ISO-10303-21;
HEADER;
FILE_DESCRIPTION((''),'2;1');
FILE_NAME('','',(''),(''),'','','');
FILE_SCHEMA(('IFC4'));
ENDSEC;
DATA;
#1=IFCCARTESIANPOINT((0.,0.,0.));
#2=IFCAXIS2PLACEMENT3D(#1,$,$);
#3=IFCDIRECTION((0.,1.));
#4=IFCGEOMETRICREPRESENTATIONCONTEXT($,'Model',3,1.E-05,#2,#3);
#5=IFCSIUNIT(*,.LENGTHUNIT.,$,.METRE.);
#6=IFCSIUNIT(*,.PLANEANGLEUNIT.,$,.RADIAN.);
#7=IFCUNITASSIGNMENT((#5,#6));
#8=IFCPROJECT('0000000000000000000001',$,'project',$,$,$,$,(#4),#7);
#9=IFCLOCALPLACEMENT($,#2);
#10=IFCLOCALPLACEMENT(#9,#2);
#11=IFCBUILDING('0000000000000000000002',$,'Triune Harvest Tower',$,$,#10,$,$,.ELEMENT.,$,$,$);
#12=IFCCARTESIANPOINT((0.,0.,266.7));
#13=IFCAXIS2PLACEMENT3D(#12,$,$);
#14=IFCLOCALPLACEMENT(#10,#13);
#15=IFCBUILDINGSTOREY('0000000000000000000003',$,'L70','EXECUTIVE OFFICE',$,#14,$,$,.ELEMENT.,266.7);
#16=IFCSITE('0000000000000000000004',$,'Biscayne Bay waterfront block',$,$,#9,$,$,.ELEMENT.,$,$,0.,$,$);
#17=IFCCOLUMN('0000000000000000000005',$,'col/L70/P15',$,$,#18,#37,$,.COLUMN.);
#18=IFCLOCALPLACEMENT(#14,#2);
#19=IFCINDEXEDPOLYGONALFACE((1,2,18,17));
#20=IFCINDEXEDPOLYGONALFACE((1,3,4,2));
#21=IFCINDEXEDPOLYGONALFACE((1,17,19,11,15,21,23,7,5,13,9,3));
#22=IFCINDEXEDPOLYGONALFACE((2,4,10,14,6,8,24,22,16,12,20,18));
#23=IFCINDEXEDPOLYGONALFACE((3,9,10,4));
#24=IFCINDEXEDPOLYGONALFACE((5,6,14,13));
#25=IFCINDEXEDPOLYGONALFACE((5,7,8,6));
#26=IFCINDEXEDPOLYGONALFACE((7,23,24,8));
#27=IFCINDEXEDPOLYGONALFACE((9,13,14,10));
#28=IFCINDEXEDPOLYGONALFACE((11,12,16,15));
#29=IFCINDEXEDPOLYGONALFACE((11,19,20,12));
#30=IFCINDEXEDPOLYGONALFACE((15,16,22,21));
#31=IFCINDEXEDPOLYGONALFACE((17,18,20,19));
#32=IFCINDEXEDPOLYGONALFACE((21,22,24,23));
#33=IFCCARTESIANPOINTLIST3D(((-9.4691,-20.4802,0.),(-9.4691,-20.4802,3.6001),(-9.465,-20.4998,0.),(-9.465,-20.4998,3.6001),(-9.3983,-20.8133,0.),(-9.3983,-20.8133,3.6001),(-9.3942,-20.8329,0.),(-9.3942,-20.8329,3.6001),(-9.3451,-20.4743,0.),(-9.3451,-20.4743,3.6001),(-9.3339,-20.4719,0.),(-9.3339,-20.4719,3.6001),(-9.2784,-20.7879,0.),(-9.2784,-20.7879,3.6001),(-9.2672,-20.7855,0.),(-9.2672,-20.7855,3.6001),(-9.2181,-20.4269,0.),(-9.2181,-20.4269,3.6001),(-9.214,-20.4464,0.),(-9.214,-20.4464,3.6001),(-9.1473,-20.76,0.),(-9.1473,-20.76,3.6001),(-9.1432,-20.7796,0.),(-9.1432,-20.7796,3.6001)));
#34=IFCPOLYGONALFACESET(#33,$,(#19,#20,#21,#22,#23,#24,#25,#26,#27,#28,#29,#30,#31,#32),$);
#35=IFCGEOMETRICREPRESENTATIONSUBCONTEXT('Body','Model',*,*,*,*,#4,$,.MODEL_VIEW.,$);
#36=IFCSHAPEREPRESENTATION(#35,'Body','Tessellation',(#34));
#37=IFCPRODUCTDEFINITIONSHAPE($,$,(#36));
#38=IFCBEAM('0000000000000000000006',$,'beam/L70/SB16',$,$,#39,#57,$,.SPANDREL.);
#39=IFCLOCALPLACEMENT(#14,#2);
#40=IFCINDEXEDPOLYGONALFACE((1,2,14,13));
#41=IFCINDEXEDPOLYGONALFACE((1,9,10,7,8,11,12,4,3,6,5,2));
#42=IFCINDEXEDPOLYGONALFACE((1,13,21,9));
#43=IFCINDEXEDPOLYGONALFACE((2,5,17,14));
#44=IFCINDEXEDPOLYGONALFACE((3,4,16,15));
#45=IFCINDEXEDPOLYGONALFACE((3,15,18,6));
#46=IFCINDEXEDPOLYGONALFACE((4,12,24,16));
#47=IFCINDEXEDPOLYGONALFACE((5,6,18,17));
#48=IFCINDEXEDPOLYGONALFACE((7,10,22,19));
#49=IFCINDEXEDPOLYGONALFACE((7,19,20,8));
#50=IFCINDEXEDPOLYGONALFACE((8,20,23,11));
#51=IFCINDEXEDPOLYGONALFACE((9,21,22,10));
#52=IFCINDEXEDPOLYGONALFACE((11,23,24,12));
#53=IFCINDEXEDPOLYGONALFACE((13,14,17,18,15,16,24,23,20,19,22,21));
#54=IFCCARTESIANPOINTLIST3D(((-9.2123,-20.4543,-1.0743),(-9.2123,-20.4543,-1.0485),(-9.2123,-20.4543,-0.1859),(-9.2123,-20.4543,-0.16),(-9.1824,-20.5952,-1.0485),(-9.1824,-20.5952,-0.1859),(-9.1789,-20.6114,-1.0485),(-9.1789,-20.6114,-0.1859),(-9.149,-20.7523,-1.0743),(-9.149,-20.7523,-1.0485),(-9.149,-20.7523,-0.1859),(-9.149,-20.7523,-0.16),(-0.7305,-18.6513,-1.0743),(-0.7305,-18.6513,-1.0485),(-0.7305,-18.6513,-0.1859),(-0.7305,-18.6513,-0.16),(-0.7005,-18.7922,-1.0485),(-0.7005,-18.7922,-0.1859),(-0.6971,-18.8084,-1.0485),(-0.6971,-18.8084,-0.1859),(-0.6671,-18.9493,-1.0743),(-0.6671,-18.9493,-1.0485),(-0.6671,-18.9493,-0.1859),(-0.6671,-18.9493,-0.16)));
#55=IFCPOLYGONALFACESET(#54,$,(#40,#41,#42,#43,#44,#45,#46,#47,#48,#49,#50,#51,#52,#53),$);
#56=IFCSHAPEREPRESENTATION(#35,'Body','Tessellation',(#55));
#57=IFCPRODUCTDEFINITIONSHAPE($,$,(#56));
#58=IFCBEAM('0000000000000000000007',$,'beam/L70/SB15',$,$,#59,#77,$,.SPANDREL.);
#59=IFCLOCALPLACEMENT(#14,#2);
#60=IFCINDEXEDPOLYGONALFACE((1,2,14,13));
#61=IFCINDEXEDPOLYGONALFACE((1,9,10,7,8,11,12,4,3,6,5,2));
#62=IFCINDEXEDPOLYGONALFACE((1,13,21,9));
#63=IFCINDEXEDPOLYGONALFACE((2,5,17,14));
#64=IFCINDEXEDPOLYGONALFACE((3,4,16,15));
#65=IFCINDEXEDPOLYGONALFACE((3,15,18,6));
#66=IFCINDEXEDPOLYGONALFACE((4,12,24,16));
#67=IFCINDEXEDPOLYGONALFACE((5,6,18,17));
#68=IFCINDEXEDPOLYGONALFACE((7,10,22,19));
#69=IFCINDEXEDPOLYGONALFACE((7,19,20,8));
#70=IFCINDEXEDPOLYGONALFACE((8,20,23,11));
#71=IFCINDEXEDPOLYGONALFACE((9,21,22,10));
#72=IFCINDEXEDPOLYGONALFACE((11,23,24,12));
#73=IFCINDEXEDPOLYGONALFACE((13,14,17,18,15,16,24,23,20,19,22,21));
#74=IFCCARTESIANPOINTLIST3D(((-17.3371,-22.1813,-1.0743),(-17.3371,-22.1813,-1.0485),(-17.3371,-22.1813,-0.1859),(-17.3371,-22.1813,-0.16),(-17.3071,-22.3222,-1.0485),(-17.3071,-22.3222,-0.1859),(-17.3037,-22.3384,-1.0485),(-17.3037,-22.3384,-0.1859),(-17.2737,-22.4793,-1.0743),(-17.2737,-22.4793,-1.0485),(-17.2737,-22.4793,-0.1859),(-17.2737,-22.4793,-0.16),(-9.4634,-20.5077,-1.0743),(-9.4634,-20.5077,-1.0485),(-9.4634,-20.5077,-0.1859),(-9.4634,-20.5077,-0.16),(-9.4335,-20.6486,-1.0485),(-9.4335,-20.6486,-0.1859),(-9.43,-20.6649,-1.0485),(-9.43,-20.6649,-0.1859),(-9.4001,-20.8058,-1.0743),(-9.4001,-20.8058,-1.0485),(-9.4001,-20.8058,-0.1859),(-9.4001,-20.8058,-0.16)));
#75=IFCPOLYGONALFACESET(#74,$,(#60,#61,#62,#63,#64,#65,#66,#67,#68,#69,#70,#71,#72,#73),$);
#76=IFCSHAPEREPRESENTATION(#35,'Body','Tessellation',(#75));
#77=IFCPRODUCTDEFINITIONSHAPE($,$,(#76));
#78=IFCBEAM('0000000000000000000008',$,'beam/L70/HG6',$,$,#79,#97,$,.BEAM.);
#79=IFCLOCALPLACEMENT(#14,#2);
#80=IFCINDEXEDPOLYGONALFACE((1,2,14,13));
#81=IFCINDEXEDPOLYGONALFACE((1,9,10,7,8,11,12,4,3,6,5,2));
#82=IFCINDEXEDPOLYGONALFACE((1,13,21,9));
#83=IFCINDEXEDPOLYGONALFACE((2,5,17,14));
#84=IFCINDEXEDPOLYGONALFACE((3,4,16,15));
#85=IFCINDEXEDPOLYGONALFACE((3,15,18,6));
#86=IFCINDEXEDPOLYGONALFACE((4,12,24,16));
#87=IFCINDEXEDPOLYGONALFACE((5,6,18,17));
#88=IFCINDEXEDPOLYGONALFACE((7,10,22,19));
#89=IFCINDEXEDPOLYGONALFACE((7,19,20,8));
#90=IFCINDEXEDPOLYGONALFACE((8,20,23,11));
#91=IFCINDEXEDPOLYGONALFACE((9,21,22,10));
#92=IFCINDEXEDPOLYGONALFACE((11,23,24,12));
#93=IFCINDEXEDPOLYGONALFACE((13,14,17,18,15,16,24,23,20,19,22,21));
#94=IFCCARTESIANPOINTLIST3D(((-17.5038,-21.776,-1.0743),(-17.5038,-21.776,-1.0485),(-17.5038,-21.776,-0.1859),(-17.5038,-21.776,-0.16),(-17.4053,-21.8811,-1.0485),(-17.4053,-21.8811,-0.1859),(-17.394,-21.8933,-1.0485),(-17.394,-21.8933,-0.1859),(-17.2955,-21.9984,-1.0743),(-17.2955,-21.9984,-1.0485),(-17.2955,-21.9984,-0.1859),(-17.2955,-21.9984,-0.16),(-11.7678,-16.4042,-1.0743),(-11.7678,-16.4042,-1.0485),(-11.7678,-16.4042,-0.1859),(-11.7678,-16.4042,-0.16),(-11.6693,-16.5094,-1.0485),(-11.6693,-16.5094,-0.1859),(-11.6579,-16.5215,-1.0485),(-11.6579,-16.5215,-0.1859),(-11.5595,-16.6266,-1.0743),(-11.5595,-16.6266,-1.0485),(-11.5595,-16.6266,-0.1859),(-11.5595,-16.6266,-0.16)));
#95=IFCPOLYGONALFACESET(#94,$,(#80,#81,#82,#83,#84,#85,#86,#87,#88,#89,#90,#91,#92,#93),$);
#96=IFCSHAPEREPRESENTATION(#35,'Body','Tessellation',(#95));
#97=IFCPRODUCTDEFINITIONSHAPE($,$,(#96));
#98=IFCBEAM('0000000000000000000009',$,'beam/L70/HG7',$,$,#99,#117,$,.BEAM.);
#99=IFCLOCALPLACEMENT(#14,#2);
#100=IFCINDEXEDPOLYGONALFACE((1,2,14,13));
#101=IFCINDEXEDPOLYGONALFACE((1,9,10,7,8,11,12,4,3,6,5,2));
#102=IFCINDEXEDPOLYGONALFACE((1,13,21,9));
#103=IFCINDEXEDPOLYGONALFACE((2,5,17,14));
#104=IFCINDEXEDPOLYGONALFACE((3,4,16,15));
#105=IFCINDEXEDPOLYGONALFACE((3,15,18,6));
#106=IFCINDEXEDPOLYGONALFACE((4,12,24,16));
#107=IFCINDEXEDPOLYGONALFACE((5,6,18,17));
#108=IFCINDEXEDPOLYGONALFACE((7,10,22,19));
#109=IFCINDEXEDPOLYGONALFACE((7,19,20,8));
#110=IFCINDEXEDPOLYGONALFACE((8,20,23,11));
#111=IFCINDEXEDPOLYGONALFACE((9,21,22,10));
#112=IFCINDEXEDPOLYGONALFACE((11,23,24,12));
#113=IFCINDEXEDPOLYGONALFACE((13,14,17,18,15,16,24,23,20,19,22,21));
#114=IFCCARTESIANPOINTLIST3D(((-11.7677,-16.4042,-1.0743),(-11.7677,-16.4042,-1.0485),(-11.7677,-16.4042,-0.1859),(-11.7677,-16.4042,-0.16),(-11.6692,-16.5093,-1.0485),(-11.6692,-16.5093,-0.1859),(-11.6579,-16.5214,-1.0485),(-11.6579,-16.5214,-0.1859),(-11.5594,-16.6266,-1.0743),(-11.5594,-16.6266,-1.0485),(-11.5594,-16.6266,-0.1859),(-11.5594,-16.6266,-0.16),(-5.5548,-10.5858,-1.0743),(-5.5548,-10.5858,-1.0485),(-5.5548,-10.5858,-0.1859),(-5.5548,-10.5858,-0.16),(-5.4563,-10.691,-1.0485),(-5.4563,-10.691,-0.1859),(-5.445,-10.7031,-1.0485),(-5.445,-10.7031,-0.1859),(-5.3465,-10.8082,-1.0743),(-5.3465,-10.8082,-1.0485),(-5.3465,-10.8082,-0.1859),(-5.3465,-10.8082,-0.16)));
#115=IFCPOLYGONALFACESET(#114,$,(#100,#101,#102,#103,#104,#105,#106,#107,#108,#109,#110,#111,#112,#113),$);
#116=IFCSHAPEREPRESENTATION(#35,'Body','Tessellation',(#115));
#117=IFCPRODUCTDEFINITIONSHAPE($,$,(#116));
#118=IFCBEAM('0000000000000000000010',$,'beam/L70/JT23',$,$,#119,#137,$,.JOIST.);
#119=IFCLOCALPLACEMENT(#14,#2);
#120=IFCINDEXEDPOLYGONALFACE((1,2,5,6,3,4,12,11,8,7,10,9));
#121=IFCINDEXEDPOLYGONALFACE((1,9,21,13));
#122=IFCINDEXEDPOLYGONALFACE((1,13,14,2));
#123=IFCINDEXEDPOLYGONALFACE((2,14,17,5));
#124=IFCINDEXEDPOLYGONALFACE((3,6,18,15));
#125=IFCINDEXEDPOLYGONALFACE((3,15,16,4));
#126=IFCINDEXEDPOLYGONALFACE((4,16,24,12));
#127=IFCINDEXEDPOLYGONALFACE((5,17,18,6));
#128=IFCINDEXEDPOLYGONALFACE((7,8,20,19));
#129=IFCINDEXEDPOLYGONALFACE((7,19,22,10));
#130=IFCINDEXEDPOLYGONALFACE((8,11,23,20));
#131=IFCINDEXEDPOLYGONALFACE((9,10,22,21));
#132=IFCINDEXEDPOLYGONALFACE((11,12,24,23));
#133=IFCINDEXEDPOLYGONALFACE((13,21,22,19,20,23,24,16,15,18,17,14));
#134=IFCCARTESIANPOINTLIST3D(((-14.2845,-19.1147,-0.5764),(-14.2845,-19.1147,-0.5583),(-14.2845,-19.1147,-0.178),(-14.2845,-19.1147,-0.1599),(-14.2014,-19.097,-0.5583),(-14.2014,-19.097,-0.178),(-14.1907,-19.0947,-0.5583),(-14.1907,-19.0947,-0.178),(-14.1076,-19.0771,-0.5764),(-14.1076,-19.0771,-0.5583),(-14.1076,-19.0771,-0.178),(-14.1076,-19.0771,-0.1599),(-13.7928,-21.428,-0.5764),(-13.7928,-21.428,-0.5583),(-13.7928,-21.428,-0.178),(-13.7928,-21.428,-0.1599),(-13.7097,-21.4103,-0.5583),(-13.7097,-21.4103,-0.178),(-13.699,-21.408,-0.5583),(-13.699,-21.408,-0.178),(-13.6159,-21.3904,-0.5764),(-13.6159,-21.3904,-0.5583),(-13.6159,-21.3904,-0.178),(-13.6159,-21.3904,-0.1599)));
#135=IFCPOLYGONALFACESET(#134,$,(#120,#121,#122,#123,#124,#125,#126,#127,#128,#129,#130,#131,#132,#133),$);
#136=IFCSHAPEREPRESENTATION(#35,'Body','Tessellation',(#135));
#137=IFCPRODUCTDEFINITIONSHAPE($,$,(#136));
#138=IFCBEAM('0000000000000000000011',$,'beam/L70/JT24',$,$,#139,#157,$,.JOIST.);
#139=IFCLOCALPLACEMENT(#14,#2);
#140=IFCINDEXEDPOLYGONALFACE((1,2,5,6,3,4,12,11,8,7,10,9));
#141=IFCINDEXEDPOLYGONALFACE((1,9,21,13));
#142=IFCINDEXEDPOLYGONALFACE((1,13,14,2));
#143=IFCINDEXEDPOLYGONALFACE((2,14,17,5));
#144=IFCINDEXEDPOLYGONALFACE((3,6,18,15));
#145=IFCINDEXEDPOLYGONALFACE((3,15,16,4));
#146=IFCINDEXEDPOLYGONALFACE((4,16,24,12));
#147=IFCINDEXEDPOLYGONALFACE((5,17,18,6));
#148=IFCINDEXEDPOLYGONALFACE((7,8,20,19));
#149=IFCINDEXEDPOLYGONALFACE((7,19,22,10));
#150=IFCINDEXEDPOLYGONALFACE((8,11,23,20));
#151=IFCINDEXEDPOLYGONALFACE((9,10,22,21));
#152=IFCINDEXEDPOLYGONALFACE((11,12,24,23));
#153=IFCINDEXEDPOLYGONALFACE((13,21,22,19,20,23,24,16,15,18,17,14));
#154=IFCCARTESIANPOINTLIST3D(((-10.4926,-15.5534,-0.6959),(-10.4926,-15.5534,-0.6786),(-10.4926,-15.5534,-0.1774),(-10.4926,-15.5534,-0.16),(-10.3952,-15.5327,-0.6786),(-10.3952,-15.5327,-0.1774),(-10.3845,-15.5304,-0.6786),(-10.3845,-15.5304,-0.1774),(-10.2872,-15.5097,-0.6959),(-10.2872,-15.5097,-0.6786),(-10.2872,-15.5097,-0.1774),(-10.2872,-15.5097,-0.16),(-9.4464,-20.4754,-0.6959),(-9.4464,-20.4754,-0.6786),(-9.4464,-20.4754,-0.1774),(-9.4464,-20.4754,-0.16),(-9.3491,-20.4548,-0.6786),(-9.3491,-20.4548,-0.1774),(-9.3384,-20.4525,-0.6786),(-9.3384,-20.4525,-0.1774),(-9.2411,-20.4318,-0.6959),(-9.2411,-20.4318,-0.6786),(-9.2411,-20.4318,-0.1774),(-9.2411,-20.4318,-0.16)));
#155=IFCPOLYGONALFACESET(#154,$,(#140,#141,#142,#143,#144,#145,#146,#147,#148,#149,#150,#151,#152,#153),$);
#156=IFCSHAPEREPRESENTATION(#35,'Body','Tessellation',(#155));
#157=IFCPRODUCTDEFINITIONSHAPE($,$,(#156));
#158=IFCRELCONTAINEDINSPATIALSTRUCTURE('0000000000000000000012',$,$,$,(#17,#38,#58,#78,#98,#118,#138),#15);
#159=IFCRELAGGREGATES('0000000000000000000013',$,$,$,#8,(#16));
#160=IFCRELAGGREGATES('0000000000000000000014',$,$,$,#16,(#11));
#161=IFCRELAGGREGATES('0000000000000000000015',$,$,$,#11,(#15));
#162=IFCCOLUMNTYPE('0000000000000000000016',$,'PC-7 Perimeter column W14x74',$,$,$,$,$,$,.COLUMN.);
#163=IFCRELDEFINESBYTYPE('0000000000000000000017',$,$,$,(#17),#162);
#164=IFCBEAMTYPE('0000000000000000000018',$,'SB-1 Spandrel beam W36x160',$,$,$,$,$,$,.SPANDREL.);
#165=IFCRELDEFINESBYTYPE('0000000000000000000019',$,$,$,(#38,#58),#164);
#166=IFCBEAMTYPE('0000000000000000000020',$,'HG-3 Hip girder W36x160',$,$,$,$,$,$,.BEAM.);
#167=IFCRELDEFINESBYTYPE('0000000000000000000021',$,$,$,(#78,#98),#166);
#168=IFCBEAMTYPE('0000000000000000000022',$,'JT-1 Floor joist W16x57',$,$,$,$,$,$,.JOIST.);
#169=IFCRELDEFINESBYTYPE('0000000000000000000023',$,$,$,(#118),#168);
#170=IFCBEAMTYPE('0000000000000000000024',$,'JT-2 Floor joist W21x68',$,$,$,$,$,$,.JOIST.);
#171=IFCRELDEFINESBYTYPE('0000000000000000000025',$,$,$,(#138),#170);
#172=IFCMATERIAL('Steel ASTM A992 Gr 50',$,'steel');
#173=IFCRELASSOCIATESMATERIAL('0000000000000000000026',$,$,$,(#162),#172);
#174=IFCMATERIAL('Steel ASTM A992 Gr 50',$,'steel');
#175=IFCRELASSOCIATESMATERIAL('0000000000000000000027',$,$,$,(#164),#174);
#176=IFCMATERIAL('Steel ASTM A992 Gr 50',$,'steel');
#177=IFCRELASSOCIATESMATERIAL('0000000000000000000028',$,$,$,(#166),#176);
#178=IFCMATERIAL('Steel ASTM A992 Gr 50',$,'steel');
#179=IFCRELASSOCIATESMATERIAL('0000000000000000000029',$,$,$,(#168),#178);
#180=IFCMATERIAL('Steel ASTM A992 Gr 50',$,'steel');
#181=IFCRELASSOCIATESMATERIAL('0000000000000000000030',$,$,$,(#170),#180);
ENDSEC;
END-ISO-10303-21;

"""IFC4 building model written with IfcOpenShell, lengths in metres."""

from ifc_helpers import new_model, si_unit, direction, frame, origin, origin_2d, place, context, subcontext, project, spatial, i_section, extrude, source, transform, mapped, material, material_profile, profile_set, type_object, element, save


model = new_model("IFC4")

# Units and contexts
model_context = context("Model", 3, precision=1e-05, world=origin(), true_north=direction((0.0, 1.0)))
body_context = subcontext(model_context, "Body", "Model", "MODEL_VIEW")
ifc_project = project(units=[si_unit("LENGTHUNIT", "METRE"), si_unit("PLANEANGLEUNIT", "RADIAN")], contexts=[model_context])

# Site, building, storey
site_placement = place(None, origin())
site = spatial("IfcSite", under=ifc_project, at=site_placement, Name="Biscayne Bay waterfront block", CompositionType="ELEMENT", RefElevation=0.0)
building_placement = place(site_placement, origin())
building = spatial("IfcBuilding", under=site, at=building_placement, Name="Triune Harvest Tower", CompositionType="ELEMENT")
storey_placement = place(building_placement, frame((0.0, 0.0, 266.7)))
storey = spatial("IfcBuildingStorey", under=building, at=storey_placement, Name="L70", Description="EXECUTIVE OFFICE", CompositionType="ELEMENT", Elevation=266.7)

# Column
ifc_material_1 = material(Name="Steel ASTM A992 Gr 50", Category="steel")
ifc_material_profile_1 = material_profile(ifc_material_1, i_section(OverallWidth=0.2566, OverallDepth=0.3606, WebThickness=0.0115, FlangeThickness=0.02, at=origin_2d()), Name="W14x74")
ifc_profile_set_1 = profile_set([ifc_material_profile_1], Name="Steel ASTM A992 Gr 50")
column_type = type_object("IfcColumnType", Name="PC-7 Perimeter column W14x74", PredefinedType="COLUMN", material=ifc_profile_set_1)
shared_shape_1 = source(origin(), body_context, "Body", "SweptSolid", [
    extrude(i_section(OverallWidth=0.2566, OverallDepth=0.3606, WebThickness=0.0115, FlangeThickness=0.02, at=origin_2d()), origin(), (0.0, 0.0, 1.0), 3.6001),
])
column_placement = place(storey_placement, frame((-9.3062, -20.6299, 0.0), z_axis=(0.0, 0.0, 1.0), x_axis=(0.978147, 0.207913, 0.0)))
element("IfcColumn", 1, at=column_placement, inside=storey, type_object=column_type, Name="col/L70/P15", PredefinedType="COLUMN", context=body_context, shape_type="MappedRepresentation", body=[
    mapped(shared_shape_1, transform((0.0, 0.0, 0.0), scale=1.0)),
])

# Beams
ifc_material_2 = material(Name="Steel ASTM A992 Gr 50", Category="steel")
ifc_material_profile_2 = material_profile(ifc_material_2, i_section(OverallWidth=0.3047, OverallDepth=0.9143, WebThickness=0.0166, FlangeThickness=0.0259, at=origin_2d()), Name="W36x160")
ifc_profile_set_2 = profile_set([ifc_material_profile_2], Name="Steel ASTM A992 Gr 50")
beam_type_1 = type_object("IfcBeamType", Name="SB-1 Spandrel beam W36x160", PredefinedType="SPANDREL", material=ifc_profile_set_2)
shared_shape_2 = source(origin(), body_context, "Body", "SweptSolid", [
    extrude(i_section(OverallWidth=0.3047, OverallDepth=0.9143, WebThickness=0.0166, FlangeThickness=0.0259, at=origin_2d()), origin(), (0.0, 0.0, 1.0), 8.6714),
])
beam_1_placement = place(storey_placement, frame((-9.1807, -20.6033, -0.6172), z_axis=(0.978146, 0.207921, 0.0), x_axis=(-0.207921, 0.978146, 0.0)))
element("IfcBeam", 2, at=beam_1_placement, inside=storey, type_object=beam_type_1, Name="beam/L70/SB16", PredefinedType="SPANDREL", context=body_context, shape_type="MappedRepresentation", body=[
    mapped(shared_shape_2, transform((0.0, 0.0, 0.0), scale=1.0)),
])
shared_shape_3 = source(origin(), body_context, "Body", "SweptSolid", [
    extrude(i_section(OverallWidth=0.3047, OverallDepth=0.9143, WebThickness=0.0166, FlangeThickness=0.0259, at=origin_2d()), origin(), (0.0, 0.0, 1.0), 8.0496),
])
beam_2_placement = place(storey_placement, frame((-17.3054, -22.3303, -0.6172), z_axis=(0.978149, 0.207907, 0.0), x_axis=(-0.207907, 0.978149, 0.0)))
element("IfcBeam", 3, at=beam_2_placement, inside=storey, type_object=beam_type_1, Name="beam/L70/SB15", PredefinedType="SPANDREL", context=body_context, shape_type="MappedRepresentation", body=[
    mapped(shared_shape_3, transform((0.0, 0.0, 0.0), scale=1.0)),
])
ifc_material_3 = material(Name="Steel ASTM A992 Gr 50", Category="steel")
ifc_material_profile_3 = material_profile(ifc_material_3, i_section(OverallWidth=0.3047, OverallDepth=0.9143, WebThickness=0.0166, FlangeThickness=0.0259, at=origin_2d()), Name="W36x160")
ifc_profile_set_3 = profile_set([ifc_material_profile_3], Name="Steel ASTM A992 Gr 50")
beam_type_2 = type_object("IfcBeamType", Name="HG-3 Hip girder W36x160", PredefinedType="BEAM", material=ifc_profile_set_3)
shared_shape_4 = source(origin(), body_context, "Body", "SweptSolid", [
    extrude(i_section(OverallWidth=0.3047, OverallDepth=0.9143, WebThickness=0.0166, FlangeThickness=0.0259, at=origin_2d()), origin(), (0.0, 0.0, 1.0), 7.8586),
])
beam_3_placement = place(storey_placement, frame((-17.3997, -21.8872, -0.6172), z_axis=(0.729902, 0.683551, 0.0), x_axis=(-0.683551, 0.729902, 0.0)))
element("IfcBeam", 4, at=beam_3_placement, inside=storey, type_object=beam_type_2, Name="beam/L70/HG6", PredefinedType="BEAM", context=body_context, shape_type="MappedRepresentation", body=[
    mapped(shared_shape_4, transform((0.0, 0.0, 0.0), scale=1.0)),
])
shared_shape_5 = source(origin(), body_context, "Body", "SweptSolid", [
    extrude(i_section(OverallWidth=0.3047, OverallDepth=0.9143, WebThickness=0.0166, FlangeThickness=0.0259, at=origin_2d()), origin(), (0.0, 0.0, 1.0), 8.512),
])
beam_4_placement = place(storey_placement, frame((-11.6636, -16.5154, -0.6172), z_axis=(0.729902, 0.683552, 0.0), x_axis=(-0.683552, 0.729902, 0.0)))
element("IfcBeam", 5, at=beam_4_placement, inside=storey, type_object=beam_type_2, Name="beam/L70/HG7", PredefinedType="BEAM", context=body_context, shape_type="MappedRepresentation", body=[
    mapped(shared_shape_5, transform((0.0, 0.0, 0.0), scale=1.0)),
])
ifc_material_4 = material(Name="Steel ASTM A992 Gr 50", Category="steel")
ifc_material_profile_4 = material_profile(ifc_material_4, i_section(OverallWidth=0.1809, OverallDepth=0.4165, WebThickness=0.011, FlangeThickness=0.0181, at=origin_2d()), Name="W16x57")
ifc_profile_set_4 = profile_set([ifc_material_profile_4], Name="Steel ASTM A992 Gr 50")
beam_type_3 = type_object("IfcBeamType", Name="JT-1 Floor joist W16x57", PredefinedType="JOIST", material=ifc_profile_set_4)
shared_shape_6 = source(origin(), body_context, "Body", "SweptSolid", [
    extrude(i_section(OverallWidth=0.1809, OverallDepth=0.4165, WebThickness=0.011, FlangeThickness=0.0181, at=origin_2d()), origin(), (0.0, 0.0, 1.0), 2.365),
])
beam_5_placement = place(storey_placement, frame((-13.7043, -21.4092, -0.3682), z_axis=(-0.207914, 0.978147, 0.0), x_axis=(-0.978147, -0.207914, 0.0)))
element("IfcBeam", 6, at=beam_5_placement, inside=storey, type_object=beam_type_3, Name="beam/L70/JT23", PredefinedType="JOIST", context=body_context, shape_type="MappedRepresentation", body=[
    mapped(shared_shape_6, transform((0.0, 0.0, 0.0), scale=1.0)),
])
ifc_material_5 = material(Name="Steel ASTM A992 Gr 50", Category="steel")
ifc_material_profile_5 = material_profile(ifc_material_5, i_section(OverallWidth=0.21, OverallDepth=0.5359, WebThickness=0.011, FlangeThickness=0.0173, at=origin_2d()), Name="W21x68")
ifc_profile_set_5 = profile_set([ifc_material_profile_5], Name="Steel ASTM A992 Gr 50")
beam_type_4 = type_object("IfcBeamType", Name="JT-2 Floor joist W21x68", PredefinedType="JOIST", material=ifc_profile_set_5)
shared_shape_7 = source(origin(), body_context, "Body", "SweptSolid", [
    extrude(i_section(OverallWidth=0.21, OverallDepth=0.5359, WebThickness=0.011, FlangeThickness=0.0173, at=origin_2d()), origin(), (0.0, 0.0, 1.0), 5.032),
])
beam_6_placement = place(storey_placement, frame((-9.3438, -20.4536, -0.428), z_axis=(-0.207895, 0.978151, 0.0), x_axis=(-0.978151, -0.207895, 0.0)))
element("IfcBeam", 7, at=beam_6_placement, inside=storey, type_object=beam_type_4, Name="beam/L70/JT24", PredefinedType="JOIST", context=body_context, shape_type="MappedRepresentation", body=[
    mapped(shared_shape_7, transform((0.0, 0.0, 0.0), scale=1.0)),
])

save(model, "model.ifc")
